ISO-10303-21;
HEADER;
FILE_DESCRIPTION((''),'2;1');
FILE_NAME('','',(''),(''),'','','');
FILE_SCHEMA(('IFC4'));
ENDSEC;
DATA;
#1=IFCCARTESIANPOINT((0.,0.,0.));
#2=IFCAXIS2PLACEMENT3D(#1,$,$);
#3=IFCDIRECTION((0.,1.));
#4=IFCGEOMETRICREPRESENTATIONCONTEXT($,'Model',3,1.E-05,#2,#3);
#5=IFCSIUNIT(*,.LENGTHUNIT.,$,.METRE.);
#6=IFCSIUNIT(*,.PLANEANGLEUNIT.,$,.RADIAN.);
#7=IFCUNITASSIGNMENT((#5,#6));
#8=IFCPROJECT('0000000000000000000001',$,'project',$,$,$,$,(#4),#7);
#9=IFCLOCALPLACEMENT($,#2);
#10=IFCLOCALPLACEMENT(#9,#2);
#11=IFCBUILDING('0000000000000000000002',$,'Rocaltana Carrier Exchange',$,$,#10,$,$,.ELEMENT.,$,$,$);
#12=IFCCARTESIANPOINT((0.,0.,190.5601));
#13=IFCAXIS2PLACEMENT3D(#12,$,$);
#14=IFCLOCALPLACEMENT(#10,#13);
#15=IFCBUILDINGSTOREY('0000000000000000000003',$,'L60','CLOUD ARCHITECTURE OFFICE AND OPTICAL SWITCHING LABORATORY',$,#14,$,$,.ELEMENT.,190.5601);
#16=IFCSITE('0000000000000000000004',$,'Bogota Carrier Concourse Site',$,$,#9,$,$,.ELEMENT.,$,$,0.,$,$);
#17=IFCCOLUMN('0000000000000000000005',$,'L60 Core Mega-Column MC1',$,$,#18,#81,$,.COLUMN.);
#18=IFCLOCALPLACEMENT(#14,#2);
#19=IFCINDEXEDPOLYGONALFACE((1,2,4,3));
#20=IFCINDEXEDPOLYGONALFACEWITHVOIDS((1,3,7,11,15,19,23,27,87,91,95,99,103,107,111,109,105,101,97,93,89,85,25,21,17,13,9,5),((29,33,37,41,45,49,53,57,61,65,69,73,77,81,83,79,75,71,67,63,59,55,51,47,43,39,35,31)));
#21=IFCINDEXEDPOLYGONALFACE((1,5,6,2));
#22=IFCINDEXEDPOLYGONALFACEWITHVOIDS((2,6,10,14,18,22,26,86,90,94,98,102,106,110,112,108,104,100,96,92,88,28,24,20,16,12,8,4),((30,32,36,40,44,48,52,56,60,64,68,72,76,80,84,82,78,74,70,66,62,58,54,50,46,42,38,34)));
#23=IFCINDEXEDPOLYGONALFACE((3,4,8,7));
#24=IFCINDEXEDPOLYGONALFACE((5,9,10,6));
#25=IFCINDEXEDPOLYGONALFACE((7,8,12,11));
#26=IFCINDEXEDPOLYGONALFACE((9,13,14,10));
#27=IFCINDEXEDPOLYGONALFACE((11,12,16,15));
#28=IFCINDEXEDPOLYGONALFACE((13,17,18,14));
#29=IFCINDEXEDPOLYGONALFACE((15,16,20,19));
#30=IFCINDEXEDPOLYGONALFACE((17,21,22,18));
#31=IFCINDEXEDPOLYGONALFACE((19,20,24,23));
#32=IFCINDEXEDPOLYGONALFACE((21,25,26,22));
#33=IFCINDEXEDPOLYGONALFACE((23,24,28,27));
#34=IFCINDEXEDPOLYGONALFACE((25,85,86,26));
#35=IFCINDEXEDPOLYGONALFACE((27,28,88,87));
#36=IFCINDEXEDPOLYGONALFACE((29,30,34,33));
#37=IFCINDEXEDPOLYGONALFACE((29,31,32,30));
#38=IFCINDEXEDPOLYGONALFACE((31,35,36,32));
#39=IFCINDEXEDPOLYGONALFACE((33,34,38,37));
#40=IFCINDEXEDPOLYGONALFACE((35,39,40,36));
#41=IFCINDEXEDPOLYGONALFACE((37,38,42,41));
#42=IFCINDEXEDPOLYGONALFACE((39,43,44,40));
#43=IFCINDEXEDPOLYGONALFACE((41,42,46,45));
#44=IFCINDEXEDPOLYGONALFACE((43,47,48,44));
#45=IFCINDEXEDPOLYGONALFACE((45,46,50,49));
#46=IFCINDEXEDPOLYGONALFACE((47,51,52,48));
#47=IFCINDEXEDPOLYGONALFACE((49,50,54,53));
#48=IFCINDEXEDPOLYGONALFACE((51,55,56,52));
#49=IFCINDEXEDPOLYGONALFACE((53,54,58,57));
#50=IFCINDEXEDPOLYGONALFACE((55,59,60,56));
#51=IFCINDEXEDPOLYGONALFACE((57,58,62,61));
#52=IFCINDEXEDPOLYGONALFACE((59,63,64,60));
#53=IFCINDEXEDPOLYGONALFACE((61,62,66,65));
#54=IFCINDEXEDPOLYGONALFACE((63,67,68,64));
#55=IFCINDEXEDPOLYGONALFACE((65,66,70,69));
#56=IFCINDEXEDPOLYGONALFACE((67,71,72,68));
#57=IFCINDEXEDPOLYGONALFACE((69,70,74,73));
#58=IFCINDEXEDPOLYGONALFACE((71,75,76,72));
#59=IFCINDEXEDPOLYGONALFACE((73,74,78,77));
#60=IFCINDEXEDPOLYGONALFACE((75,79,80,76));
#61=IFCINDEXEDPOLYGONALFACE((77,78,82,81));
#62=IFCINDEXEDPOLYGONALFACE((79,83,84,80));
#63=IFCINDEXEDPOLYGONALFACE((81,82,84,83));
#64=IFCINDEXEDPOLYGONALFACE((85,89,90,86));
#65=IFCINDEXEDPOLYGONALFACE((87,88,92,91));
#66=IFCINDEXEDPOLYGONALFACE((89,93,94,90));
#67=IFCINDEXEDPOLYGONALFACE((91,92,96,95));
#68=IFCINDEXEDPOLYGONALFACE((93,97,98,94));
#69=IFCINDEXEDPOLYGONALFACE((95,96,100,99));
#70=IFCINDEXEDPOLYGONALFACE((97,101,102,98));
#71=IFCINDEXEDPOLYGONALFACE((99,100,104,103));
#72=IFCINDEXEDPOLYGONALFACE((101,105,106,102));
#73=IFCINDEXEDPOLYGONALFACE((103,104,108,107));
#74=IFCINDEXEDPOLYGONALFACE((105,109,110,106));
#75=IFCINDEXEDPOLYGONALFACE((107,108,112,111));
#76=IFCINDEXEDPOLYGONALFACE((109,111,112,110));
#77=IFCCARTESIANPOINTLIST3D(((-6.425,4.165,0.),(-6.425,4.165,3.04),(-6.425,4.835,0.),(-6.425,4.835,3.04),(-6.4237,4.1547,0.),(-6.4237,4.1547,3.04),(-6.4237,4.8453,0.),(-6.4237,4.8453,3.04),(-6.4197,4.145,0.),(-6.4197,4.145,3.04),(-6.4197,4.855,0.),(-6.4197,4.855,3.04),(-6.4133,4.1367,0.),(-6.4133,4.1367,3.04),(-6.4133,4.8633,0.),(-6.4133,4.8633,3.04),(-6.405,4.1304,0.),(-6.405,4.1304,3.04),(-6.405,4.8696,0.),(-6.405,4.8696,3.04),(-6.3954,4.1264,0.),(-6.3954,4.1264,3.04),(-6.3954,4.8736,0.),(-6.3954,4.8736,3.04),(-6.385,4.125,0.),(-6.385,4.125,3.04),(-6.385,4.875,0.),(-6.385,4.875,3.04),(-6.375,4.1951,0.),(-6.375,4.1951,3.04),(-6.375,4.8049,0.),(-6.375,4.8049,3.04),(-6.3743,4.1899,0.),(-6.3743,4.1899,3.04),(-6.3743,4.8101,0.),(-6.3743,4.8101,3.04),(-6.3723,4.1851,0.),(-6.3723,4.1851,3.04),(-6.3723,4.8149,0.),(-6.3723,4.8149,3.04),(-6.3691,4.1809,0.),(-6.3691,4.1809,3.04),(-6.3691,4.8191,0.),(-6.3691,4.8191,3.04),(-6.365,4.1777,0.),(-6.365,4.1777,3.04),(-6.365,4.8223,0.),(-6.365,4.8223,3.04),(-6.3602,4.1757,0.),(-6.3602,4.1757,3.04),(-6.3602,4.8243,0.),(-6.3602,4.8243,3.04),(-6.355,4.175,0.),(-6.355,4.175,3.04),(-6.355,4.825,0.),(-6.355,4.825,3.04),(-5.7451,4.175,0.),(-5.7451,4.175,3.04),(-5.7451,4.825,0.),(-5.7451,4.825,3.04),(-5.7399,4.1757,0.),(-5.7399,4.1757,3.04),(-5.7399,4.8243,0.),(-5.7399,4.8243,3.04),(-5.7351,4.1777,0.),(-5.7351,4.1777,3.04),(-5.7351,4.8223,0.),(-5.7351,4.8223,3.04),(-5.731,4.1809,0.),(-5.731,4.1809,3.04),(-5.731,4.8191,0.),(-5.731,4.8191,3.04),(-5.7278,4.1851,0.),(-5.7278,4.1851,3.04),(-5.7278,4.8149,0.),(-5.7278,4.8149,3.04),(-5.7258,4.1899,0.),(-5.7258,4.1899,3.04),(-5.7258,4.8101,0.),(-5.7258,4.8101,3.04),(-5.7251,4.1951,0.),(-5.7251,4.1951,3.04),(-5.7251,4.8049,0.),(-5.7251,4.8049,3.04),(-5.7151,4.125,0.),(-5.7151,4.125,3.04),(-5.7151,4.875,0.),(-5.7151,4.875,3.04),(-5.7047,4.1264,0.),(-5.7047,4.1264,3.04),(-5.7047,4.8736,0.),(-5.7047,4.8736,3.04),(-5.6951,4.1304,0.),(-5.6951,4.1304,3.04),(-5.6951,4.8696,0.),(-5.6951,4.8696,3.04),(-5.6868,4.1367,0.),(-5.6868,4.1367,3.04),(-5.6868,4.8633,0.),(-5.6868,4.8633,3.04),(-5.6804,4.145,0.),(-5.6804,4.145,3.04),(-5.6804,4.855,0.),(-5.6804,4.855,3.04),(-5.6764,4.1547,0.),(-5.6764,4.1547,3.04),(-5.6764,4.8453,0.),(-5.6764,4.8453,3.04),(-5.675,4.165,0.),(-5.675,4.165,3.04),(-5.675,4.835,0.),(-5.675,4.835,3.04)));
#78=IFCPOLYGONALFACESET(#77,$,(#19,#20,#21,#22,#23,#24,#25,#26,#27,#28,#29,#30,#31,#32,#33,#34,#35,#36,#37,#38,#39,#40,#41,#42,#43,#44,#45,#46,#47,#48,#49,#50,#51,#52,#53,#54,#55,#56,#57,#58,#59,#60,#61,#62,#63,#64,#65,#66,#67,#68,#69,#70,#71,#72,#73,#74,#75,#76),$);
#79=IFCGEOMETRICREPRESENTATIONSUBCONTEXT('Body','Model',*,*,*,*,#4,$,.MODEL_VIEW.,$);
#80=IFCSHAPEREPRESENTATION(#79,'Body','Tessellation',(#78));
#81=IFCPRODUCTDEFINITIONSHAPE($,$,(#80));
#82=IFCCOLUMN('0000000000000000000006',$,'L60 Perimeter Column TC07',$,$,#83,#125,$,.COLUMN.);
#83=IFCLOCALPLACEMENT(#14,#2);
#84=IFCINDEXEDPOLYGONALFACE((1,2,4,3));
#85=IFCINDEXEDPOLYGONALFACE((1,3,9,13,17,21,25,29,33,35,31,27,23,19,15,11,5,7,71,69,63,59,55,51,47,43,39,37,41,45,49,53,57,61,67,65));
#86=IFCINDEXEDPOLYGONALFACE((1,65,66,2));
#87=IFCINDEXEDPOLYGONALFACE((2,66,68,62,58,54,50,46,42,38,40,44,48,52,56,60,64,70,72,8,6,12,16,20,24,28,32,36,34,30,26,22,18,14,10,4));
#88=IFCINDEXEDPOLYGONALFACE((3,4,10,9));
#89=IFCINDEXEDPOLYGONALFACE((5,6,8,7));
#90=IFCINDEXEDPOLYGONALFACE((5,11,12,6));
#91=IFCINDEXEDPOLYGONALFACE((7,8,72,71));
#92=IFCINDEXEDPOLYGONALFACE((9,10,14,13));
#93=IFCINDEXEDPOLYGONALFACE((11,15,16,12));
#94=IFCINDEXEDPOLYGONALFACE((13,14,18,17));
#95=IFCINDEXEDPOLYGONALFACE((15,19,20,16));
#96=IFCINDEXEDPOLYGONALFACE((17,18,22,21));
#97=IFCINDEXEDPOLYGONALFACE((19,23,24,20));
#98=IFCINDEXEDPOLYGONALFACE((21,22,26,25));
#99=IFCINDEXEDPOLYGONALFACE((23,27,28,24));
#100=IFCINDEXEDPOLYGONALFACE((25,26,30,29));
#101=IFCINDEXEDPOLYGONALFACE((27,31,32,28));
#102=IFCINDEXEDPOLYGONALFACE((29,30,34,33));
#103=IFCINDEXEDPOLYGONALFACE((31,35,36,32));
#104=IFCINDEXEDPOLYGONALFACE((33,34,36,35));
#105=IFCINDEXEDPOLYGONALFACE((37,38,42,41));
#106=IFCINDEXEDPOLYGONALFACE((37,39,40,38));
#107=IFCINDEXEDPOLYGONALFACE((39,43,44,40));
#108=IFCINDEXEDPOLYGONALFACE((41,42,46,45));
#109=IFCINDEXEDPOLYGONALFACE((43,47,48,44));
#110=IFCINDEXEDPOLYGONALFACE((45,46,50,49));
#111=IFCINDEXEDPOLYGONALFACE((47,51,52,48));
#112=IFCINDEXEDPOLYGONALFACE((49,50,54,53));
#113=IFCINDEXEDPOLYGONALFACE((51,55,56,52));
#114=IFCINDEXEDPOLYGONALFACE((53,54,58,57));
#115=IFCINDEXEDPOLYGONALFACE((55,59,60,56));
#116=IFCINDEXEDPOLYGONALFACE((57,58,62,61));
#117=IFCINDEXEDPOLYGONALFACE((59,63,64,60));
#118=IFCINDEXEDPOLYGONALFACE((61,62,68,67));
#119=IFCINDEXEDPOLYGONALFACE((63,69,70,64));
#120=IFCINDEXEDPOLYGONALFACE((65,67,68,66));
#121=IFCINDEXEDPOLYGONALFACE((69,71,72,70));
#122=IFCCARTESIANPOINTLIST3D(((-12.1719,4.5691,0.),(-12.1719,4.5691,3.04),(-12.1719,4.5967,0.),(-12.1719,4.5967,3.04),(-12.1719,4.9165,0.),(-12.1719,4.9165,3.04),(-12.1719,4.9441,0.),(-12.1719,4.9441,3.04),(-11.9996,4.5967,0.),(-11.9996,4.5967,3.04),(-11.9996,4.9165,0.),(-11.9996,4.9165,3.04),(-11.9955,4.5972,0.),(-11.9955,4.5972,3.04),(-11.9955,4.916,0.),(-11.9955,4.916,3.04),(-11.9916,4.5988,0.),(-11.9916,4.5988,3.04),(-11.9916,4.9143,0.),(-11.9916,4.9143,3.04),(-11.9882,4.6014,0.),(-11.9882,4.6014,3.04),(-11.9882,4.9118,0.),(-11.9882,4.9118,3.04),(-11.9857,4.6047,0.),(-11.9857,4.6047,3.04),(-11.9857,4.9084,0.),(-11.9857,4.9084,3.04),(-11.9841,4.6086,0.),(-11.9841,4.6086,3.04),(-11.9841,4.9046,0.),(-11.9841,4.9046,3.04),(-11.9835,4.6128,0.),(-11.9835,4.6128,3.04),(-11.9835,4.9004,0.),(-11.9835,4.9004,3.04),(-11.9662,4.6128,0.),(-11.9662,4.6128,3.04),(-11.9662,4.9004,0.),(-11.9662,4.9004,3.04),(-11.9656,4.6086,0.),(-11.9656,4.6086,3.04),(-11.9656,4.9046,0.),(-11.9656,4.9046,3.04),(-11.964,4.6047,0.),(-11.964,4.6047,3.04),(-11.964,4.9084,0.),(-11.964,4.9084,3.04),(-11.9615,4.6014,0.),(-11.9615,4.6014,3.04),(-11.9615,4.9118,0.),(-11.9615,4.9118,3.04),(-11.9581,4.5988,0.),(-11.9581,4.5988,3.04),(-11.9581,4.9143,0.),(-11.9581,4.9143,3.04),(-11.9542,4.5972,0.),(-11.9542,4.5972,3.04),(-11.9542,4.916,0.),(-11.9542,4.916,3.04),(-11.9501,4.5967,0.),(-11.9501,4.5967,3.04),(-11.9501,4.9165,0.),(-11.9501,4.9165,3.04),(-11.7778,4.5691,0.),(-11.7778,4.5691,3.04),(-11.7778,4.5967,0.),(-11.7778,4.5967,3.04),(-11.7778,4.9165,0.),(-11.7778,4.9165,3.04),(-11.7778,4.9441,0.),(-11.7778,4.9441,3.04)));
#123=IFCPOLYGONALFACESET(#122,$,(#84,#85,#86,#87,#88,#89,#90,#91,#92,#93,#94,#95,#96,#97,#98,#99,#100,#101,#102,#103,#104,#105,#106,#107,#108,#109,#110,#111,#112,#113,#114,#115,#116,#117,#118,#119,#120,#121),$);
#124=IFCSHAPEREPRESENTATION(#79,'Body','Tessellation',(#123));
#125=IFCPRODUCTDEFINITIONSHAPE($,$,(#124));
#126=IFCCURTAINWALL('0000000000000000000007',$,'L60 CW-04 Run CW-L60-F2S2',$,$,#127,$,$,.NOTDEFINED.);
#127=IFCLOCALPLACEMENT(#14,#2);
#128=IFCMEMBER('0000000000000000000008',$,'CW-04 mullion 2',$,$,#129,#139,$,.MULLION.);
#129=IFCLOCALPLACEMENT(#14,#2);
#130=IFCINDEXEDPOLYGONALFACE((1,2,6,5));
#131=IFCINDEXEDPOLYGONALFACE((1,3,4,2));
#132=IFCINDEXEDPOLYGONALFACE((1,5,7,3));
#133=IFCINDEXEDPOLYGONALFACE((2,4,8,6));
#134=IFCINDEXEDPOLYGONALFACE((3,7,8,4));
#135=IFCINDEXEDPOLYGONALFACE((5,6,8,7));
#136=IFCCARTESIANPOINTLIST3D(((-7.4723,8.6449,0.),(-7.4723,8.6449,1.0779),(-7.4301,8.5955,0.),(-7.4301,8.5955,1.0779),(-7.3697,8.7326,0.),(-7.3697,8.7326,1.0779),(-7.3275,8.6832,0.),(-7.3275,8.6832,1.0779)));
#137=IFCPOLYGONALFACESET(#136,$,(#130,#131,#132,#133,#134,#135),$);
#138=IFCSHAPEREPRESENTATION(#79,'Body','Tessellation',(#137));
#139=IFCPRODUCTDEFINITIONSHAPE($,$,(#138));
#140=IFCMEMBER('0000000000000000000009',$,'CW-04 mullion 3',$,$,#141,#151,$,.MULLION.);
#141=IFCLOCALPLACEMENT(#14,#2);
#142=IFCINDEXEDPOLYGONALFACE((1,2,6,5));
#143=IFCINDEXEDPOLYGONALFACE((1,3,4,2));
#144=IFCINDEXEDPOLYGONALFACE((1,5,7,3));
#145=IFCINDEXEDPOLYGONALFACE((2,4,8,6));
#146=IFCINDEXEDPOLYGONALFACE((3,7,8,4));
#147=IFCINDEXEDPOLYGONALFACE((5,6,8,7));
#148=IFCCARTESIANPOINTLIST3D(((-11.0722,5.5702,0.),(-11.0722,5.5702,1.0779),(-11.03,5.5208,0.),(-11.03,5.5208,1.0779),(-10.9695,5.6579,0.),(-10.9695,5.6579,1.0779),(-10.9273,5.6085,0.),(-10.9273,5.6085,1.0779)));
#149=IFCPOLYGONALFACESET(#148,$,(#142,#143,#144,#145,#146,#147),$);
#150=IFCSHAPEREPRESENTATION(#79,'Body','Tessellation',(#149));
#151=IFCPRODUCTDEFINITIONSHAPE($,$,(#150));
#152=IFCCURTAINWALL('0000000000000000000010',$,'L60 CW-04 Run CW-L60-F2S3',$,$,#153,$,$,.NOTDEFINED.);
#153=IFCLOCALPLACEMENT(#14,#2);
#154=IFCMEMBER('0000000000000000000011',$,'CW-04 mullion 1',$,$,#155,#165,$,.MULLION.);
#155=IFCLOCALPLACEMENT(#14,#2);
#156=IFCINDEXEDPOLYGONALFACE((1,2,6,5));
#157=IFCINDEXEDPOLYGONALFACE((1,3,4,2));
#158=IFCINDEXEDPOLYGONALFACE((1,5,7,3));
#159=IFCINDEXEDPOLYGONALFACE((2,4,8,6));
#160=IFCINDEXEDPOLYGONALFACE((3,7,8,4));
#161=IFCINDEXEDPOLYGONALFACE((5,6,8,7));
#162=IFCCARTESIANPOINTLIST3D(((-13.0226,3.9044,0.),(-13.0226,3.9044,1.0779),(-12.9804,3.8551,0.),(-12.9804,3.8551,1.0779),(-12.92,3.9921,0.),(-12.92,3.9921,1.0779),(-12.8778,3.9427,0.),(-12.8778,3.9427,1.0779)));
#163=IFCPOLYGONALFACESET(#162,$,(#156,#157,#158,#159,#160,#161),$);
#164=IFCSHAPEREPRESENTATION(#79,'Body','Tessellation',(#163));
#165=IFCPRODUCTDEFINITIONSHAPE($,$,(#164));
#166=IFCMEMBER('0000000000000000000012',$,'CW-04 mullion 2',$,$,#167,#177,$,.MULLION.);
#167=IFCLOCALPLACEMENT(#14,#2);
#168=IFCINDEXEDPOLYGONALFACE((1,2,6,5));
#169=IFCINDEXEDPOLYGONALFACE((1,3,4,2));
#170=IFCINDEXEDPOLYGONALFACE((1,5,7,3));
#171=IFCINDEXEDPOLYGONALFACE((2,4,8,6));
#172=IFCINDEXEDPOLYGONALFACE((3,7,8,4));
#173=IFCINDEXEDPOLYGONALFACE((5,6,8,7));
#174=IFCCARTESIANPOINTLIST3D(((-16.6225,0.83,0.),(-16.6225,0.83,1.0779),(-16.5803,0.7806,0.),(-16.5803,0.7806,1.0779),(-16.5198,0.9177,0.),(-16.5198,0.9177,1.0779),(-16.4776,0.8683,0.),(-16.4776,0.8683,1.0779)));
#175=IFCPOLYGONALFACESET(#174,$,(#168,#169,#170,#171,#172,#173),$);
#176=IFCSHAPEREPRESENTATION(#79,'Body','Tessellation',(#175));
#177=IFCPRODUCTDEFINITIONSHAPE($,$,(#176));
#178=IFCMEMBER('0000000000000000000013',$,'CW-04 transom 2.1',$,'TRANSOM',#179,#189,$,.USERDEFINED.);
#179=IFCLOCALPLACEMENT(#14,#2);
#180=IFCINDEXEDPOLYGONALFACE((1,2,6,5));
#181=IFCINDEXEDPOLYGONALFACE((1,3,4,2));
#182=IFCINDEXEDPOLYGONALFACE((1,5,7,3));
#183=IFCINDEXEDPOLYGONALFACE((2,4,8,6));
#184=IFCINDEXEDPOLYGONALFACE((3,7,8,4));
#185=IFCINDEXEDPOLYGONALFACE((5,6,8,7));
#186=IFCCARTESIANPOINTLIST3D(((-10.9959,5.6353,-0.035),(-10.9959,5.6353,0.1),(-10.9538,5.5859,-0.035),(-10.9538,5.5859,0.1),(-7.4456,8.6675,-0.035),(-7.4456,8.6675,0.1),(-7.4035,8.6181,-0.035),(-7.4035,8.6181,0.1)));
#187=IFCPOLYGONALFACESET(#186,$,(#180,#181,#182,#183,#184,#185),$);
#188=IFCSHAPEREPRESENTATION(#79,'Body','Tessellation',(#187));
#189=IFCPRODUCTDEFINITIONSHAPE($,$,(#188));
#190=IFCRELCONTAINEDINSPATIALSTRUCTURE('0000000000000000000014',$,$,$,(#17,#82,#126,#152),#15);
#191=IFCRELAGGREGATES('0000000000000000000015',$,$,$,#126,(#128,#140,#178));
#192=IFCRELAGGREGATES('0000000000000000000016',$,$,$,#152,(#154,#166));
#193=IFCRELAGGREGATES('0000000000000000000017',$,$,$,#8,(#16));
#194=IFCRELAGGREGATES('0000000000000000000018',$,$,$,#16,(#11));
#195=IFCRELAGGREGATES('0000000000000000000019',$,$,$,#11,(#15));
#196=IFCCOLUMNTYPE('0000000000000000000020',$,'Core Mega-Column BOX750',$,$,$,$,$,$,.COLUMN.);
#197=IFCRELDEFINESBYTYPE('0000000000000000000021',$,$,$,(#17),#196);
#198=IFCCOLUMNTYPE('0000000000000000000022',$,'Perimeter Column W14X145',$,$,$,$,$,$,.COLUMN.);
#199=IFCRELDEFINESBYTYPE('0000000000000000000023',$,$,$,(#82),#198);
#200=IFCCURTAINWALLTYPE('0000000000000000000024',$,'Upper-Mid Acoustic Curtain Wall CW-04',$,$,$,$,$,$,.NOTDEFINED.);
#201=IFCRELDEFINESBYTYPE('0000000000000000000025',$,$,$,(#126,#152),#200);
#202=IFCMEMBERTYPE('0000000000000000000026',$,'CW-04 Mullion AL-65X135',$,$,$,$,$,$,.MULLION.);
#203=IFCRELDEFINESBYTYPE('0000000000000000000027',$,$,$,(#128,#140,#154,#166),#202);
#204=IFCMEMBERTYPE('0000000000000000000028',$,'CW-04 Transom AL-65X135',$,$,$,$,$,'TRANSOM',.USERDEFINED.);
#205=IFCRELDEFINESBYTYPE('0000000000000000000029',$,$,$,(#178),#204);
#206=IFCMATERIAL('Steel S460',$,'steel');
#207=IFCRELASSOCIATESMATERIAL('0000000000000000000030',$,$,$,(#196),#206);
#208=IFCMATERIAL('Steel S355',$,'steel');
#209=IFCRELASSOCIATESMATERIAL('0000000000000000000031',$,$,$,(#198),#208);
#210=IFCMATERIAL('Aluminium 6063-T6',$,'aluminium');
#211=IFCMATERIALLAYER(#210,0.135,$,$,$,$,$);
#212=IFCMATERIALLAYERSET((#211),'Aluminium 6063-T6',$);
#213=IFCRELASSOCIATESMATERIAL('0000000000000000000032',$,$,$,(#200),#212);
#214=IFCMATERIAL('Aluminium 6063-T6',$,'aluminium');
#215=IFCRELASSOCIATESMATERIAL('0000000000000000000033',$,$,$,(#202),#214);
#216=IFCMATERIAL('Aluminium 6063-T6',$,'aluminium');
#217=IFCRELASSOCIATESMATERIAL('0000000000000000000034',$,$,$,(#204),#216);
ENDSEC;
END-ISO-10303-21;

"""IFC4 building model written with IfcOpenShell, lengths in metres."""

from ifc_helpers import new_model, si_unit, direction, frame, origin, origin_2d, place, context, subcontext, project, spatial, rectangle, hollow_rectangle, i_section, extrude, material, layer, layer_set, material_profile, profile_set, type_object, element, aggregate, save


model = new_model("IFC4")

# Units and contexts
model_context = context("Model", 3, precision=1e-05, world=origin(), true_north=direction((0.0, 1.0)))
body_context = subcontext(model_context, "Body", "Model", "MODEL_VIEW")
ifc_project = project(units=[si_unit("LENGTHUNIT", "METRE"), si_unit("PLANEANGLEUNIT", "RADIAN")], contexts=[model_context])

# Site, building, storey
site_placement = place(None, origin())
site = spatial("IfcSite", under=ifc_project, at=site_placement, Name="Bogota Carrier Concourse Site", CompositionType="ELEMENT", RefElevation=0.0)
building_placement = place(site_placement, origin())
building = spatial("IfcBuilding", under=site, at=building_placement, Name="Rocaltana Carrier Exchange", CompositionType="ELEMENT")
storey_placement = place(building_placement, frame((0.0, 0.0, 190.5601)))
storey = spatial("IfcBuildingStorey", under=building, at=storey_placement, Name="L60", Description="CLOUD ARCHITECTURE OFFICE AND OPTICAL SWITCHING LABORATORY", CompositionType="ELEMENT", Elevation=190.5601)

# Columns
ifc_material_1 = material(Name="Steel S460", Category="steel")
ifc_material_profile_1 = material_profile(ifc_material_1, hollow_rectangle(XDim=0.75, YDim=0.75, WallThickness=0.05, InnerFilletRadius=0.02, OuterFilletRadius=0.04, at=origin_2d()), Name="BOX750X750X50")
ifc_profile_set_1 = profile_set([ifc_material_profile_1], Name="Steel S460")
column_type_1 = type_object("IfcColumnType", Name="Core Mega-Column BOX750", PredefinedType="COLUMN", material=ifc_profile_set_1)
column_1_placement = place(storey_placement, frame((-6.05, 4.5, 0.0), z_axis=(0.0, 0.0, 1.0), x_axis=(1.0, 0.0, 0.0)))
element("IfcColumn", 1, at=column_1_placement, inside=storey, type_object=column_type_1, Name="L60 Core Mega-Column MC1", PredefinedType="COLUMN", context=body_context, shape_type="SweptSolid", body=[
    extrude(hollow_rectangle(XDim=0.75, YDim=0.75, WallThickness=0.05, InnerFilletRadius=0.02, OuterFilletRadius=0.04, at=origin_2d()), origin(), (0.0, 0.0, 1.0), 3.04),
])
ifc_material_2 = material(Name="Steel S355", Category="steel")
ifc_material_profile_2 = material_profile(ifc_material_2, i_section(OverallWidth=0.394, OverallDepth=0.375, WebThickness=0.0173, FlangeThickness=0.0276, FilletRadius=0.0161, at=origin_2d()), Name="W14X145")
ifc_profile_set_2 = profile_set([ifc_material_profile_2], Name="Steel S355")
column_type_2 = type_object("IfcColumnType", Name="Perimeter Column W14X145", PredefinedType="COLUMN", material=ifc_profile_set_2)
column_2_placement = place(storey_placement, frame((-11.9749, 4.7566, 0.0), z_axis=(0.0, 0.0, 1.0), x_axis=(1.0, 0.0, 0.0)))
element("IfcColumn", 2, at=column_2_placement, inside=storey, type_object=column_type_2, Name="L60 Perimeter Column TC07", PredefinedType="COLUMN", context=body_context, shape_type="SweptSolid", body=[
    extrude(i_section(OverallWidth=0.394, OverallDepth=0.375, WebThickness=0.0173, FlangeThickness=0.0276, FilletRadius=0.0161, at=origin_2d()), origin(), (0.0, 0.0, 1.0), 3.04),
])

# Curtain walls, members
ifc_material_3 = material(Name="Aluminium 6063-T6", Category="aluminium")
ifc_layer_1 = layer(ifc_material_3, 0.135)
ifc_layer_set_1 = layer_set([ifc_layer_1], Name="Aluminium 6063-T6")
curtain_wall_type = type_object("IfcCurtainWallType", Name="Upper-Mid Acoustic Curtain Wall CW-04", PredefinedType="NOTDEFINED", material=ifc_layer_set_1)
curtain_wall_1_placement = place(storey_placement, origin())
curtain_wall_1 = element("IfcCurtainWall", 3, at=curtain_wall_1_placement, inside=storey, type_object=curtain_wall_type, Name="L60 CW-04 Run CW-L60-F2S2", PredefinedType="NOTDEFINED")
ifc_material_4 = material(Name="Aluminium 6063-T6", Category="aluminium")
ifc_material_profile_3 = material_profile(ifc_material_4, rectangle(XDim=0.0649, YDim=0.135, at=origin_2d()), Name="AL-65X135")
ifc_profile_set_3 = profile_set([ifc_material_profile_3], Name="Aluminium 6063-T6")
member_type_1 = type_object("IfcMemberType", Name="CW-04 Mullion AL-65X135", PredefinedType="MULLION", material=ifc_profile_set_3)
member_1_placement = place(storey_placement, frame((-7.3999, 8.6641, 0.0), z_axis=(0.0, 0.0, 1.0), x_axis=(0.649454, -0.760401, 0.0)))
member_1 = element("IfcMember", 4, at=member_1_placement, type_object=member_type_1, Name="CW-04 mullion 2", PredefinedType="MULLION", context=body_context, shape_type="SweptSolid", body=[
    extrude(rectangle(XDim=0.0649, YDim=0.135, at=origin_2d()), origin(), (0.0, 0.0, 1.0), 1.0779),
])
member_2_placement = place(storey_placement, frame((-10.9998, 5.5894, 0.0), z_axis=(0.0, 0.0, 1.0), x_axis=(0.649454, -0.760401, 0.0)))
member_2 = element("IfcMember", 5, at=member_2_placement, type_object=member_type_1, Name="CW-04 mullion 3", PredefinedType="MULLION", context=body_context, shape_type="SweptSolid", body=[
    extrude(rectangle(XDim=0.0649, YDim=0.135, at=origin_2d()), origin(), (0.0, 0.0, 1.0), 1.0779),
])
curtain_wall_2_placement = place(storey_placement, origin())
curtain_wall_2 = element("IfcCurtainWall", 6, at=curtain_wall_2_placement, inside=storey, type_object=curtain_wall_type, Name="L60 CW-04 Run CW-L60-F2S3", PredefinedType="NOTDEFINED")
member_3_placement = place(storey_placement, frame((-12.9502, 3.9236, 0.0), z_axis=(0.0, 0.0, 1.0), x_axis=(0.649448, -0.760406, 0.0)))
member_3 = element("IfcMember", 7, at=member_3_placement, type_object=member_type_1, Name="CW-04 mullion 1", PredefinedType="MULLION", context=body_context, shape_type="SweptSolid", body=[
    extrude(rectangle(XDim=0.0649, YDim=0.135, at=origin_2d()), origin(), (0.0, 0.0, 1.0), 1.0779),
])
member_4_placement = place(storey_placement, frame((-16.55, 0.8491, 0.0), z_axis=(0.0, 0.0, 1.0), x_axis=(0.649448, -0.760406, 0.0)))
member_4 = element("IfcMember", 8, at=member_4_placement, type_object=member_type_1, Name="CW-04 mullion 2", PredefinedType="MULLION", context=body_context, shape_type="SweptSolid", body=[
    extrude(rectangle(XDim=0.0649, YDim=0.135, at=origin_2d()), origin(), (0.0, 0.0, 1.0), 1.0779),
])

# Member
ifc_material_5 = material(Name="Aluminium 6063-T6", Category="aluminium")
ifc_material_profile_4 = material_profile(ifc_material_5, rectangle(XDim=0.0649, YDim=0.135, at=origin_2d()), Name="AL-65X135")
ifc_profile_set_4 = profile_set([ifc_material_profile_4], Name="Aluminium 6063-T6")
member_type_2 = type_object("IfcMemberType", Name="CW-04 Transom AL-65X135", ElementType="TRANSOM", PredefinedType="USERDEFINED", material=ifc_profile_set_4)
member_5_placement = place(storey_placement, frame((-7.4246, 8.6428, 0.0325), z_axis=(-0.760407, -0.649447, 0.0), x_axis=(0.649447, -0.760407, 0.0)))
member_5 = element("IfcMember", 9, at=member_5_placement, type_object=member_type_2, Name="CW-04 transom 2.1", ObjectType="TRANSOM", PredefinedType="USERDEFINED", context=body_context, shape_type="SweptSolid", body=[
    extrude(rectangle(XDim=0.0649, YDim=0.135, at=origin_2d()), origin(), (0.0, 0.0, 1.0), 4.6689),
])

aggregate(curtain_wall_1, [member_1, member_2, member_5])
aggregate(curtain_wall_2, [member_3, member_4])

save(model, "model.ifc")
